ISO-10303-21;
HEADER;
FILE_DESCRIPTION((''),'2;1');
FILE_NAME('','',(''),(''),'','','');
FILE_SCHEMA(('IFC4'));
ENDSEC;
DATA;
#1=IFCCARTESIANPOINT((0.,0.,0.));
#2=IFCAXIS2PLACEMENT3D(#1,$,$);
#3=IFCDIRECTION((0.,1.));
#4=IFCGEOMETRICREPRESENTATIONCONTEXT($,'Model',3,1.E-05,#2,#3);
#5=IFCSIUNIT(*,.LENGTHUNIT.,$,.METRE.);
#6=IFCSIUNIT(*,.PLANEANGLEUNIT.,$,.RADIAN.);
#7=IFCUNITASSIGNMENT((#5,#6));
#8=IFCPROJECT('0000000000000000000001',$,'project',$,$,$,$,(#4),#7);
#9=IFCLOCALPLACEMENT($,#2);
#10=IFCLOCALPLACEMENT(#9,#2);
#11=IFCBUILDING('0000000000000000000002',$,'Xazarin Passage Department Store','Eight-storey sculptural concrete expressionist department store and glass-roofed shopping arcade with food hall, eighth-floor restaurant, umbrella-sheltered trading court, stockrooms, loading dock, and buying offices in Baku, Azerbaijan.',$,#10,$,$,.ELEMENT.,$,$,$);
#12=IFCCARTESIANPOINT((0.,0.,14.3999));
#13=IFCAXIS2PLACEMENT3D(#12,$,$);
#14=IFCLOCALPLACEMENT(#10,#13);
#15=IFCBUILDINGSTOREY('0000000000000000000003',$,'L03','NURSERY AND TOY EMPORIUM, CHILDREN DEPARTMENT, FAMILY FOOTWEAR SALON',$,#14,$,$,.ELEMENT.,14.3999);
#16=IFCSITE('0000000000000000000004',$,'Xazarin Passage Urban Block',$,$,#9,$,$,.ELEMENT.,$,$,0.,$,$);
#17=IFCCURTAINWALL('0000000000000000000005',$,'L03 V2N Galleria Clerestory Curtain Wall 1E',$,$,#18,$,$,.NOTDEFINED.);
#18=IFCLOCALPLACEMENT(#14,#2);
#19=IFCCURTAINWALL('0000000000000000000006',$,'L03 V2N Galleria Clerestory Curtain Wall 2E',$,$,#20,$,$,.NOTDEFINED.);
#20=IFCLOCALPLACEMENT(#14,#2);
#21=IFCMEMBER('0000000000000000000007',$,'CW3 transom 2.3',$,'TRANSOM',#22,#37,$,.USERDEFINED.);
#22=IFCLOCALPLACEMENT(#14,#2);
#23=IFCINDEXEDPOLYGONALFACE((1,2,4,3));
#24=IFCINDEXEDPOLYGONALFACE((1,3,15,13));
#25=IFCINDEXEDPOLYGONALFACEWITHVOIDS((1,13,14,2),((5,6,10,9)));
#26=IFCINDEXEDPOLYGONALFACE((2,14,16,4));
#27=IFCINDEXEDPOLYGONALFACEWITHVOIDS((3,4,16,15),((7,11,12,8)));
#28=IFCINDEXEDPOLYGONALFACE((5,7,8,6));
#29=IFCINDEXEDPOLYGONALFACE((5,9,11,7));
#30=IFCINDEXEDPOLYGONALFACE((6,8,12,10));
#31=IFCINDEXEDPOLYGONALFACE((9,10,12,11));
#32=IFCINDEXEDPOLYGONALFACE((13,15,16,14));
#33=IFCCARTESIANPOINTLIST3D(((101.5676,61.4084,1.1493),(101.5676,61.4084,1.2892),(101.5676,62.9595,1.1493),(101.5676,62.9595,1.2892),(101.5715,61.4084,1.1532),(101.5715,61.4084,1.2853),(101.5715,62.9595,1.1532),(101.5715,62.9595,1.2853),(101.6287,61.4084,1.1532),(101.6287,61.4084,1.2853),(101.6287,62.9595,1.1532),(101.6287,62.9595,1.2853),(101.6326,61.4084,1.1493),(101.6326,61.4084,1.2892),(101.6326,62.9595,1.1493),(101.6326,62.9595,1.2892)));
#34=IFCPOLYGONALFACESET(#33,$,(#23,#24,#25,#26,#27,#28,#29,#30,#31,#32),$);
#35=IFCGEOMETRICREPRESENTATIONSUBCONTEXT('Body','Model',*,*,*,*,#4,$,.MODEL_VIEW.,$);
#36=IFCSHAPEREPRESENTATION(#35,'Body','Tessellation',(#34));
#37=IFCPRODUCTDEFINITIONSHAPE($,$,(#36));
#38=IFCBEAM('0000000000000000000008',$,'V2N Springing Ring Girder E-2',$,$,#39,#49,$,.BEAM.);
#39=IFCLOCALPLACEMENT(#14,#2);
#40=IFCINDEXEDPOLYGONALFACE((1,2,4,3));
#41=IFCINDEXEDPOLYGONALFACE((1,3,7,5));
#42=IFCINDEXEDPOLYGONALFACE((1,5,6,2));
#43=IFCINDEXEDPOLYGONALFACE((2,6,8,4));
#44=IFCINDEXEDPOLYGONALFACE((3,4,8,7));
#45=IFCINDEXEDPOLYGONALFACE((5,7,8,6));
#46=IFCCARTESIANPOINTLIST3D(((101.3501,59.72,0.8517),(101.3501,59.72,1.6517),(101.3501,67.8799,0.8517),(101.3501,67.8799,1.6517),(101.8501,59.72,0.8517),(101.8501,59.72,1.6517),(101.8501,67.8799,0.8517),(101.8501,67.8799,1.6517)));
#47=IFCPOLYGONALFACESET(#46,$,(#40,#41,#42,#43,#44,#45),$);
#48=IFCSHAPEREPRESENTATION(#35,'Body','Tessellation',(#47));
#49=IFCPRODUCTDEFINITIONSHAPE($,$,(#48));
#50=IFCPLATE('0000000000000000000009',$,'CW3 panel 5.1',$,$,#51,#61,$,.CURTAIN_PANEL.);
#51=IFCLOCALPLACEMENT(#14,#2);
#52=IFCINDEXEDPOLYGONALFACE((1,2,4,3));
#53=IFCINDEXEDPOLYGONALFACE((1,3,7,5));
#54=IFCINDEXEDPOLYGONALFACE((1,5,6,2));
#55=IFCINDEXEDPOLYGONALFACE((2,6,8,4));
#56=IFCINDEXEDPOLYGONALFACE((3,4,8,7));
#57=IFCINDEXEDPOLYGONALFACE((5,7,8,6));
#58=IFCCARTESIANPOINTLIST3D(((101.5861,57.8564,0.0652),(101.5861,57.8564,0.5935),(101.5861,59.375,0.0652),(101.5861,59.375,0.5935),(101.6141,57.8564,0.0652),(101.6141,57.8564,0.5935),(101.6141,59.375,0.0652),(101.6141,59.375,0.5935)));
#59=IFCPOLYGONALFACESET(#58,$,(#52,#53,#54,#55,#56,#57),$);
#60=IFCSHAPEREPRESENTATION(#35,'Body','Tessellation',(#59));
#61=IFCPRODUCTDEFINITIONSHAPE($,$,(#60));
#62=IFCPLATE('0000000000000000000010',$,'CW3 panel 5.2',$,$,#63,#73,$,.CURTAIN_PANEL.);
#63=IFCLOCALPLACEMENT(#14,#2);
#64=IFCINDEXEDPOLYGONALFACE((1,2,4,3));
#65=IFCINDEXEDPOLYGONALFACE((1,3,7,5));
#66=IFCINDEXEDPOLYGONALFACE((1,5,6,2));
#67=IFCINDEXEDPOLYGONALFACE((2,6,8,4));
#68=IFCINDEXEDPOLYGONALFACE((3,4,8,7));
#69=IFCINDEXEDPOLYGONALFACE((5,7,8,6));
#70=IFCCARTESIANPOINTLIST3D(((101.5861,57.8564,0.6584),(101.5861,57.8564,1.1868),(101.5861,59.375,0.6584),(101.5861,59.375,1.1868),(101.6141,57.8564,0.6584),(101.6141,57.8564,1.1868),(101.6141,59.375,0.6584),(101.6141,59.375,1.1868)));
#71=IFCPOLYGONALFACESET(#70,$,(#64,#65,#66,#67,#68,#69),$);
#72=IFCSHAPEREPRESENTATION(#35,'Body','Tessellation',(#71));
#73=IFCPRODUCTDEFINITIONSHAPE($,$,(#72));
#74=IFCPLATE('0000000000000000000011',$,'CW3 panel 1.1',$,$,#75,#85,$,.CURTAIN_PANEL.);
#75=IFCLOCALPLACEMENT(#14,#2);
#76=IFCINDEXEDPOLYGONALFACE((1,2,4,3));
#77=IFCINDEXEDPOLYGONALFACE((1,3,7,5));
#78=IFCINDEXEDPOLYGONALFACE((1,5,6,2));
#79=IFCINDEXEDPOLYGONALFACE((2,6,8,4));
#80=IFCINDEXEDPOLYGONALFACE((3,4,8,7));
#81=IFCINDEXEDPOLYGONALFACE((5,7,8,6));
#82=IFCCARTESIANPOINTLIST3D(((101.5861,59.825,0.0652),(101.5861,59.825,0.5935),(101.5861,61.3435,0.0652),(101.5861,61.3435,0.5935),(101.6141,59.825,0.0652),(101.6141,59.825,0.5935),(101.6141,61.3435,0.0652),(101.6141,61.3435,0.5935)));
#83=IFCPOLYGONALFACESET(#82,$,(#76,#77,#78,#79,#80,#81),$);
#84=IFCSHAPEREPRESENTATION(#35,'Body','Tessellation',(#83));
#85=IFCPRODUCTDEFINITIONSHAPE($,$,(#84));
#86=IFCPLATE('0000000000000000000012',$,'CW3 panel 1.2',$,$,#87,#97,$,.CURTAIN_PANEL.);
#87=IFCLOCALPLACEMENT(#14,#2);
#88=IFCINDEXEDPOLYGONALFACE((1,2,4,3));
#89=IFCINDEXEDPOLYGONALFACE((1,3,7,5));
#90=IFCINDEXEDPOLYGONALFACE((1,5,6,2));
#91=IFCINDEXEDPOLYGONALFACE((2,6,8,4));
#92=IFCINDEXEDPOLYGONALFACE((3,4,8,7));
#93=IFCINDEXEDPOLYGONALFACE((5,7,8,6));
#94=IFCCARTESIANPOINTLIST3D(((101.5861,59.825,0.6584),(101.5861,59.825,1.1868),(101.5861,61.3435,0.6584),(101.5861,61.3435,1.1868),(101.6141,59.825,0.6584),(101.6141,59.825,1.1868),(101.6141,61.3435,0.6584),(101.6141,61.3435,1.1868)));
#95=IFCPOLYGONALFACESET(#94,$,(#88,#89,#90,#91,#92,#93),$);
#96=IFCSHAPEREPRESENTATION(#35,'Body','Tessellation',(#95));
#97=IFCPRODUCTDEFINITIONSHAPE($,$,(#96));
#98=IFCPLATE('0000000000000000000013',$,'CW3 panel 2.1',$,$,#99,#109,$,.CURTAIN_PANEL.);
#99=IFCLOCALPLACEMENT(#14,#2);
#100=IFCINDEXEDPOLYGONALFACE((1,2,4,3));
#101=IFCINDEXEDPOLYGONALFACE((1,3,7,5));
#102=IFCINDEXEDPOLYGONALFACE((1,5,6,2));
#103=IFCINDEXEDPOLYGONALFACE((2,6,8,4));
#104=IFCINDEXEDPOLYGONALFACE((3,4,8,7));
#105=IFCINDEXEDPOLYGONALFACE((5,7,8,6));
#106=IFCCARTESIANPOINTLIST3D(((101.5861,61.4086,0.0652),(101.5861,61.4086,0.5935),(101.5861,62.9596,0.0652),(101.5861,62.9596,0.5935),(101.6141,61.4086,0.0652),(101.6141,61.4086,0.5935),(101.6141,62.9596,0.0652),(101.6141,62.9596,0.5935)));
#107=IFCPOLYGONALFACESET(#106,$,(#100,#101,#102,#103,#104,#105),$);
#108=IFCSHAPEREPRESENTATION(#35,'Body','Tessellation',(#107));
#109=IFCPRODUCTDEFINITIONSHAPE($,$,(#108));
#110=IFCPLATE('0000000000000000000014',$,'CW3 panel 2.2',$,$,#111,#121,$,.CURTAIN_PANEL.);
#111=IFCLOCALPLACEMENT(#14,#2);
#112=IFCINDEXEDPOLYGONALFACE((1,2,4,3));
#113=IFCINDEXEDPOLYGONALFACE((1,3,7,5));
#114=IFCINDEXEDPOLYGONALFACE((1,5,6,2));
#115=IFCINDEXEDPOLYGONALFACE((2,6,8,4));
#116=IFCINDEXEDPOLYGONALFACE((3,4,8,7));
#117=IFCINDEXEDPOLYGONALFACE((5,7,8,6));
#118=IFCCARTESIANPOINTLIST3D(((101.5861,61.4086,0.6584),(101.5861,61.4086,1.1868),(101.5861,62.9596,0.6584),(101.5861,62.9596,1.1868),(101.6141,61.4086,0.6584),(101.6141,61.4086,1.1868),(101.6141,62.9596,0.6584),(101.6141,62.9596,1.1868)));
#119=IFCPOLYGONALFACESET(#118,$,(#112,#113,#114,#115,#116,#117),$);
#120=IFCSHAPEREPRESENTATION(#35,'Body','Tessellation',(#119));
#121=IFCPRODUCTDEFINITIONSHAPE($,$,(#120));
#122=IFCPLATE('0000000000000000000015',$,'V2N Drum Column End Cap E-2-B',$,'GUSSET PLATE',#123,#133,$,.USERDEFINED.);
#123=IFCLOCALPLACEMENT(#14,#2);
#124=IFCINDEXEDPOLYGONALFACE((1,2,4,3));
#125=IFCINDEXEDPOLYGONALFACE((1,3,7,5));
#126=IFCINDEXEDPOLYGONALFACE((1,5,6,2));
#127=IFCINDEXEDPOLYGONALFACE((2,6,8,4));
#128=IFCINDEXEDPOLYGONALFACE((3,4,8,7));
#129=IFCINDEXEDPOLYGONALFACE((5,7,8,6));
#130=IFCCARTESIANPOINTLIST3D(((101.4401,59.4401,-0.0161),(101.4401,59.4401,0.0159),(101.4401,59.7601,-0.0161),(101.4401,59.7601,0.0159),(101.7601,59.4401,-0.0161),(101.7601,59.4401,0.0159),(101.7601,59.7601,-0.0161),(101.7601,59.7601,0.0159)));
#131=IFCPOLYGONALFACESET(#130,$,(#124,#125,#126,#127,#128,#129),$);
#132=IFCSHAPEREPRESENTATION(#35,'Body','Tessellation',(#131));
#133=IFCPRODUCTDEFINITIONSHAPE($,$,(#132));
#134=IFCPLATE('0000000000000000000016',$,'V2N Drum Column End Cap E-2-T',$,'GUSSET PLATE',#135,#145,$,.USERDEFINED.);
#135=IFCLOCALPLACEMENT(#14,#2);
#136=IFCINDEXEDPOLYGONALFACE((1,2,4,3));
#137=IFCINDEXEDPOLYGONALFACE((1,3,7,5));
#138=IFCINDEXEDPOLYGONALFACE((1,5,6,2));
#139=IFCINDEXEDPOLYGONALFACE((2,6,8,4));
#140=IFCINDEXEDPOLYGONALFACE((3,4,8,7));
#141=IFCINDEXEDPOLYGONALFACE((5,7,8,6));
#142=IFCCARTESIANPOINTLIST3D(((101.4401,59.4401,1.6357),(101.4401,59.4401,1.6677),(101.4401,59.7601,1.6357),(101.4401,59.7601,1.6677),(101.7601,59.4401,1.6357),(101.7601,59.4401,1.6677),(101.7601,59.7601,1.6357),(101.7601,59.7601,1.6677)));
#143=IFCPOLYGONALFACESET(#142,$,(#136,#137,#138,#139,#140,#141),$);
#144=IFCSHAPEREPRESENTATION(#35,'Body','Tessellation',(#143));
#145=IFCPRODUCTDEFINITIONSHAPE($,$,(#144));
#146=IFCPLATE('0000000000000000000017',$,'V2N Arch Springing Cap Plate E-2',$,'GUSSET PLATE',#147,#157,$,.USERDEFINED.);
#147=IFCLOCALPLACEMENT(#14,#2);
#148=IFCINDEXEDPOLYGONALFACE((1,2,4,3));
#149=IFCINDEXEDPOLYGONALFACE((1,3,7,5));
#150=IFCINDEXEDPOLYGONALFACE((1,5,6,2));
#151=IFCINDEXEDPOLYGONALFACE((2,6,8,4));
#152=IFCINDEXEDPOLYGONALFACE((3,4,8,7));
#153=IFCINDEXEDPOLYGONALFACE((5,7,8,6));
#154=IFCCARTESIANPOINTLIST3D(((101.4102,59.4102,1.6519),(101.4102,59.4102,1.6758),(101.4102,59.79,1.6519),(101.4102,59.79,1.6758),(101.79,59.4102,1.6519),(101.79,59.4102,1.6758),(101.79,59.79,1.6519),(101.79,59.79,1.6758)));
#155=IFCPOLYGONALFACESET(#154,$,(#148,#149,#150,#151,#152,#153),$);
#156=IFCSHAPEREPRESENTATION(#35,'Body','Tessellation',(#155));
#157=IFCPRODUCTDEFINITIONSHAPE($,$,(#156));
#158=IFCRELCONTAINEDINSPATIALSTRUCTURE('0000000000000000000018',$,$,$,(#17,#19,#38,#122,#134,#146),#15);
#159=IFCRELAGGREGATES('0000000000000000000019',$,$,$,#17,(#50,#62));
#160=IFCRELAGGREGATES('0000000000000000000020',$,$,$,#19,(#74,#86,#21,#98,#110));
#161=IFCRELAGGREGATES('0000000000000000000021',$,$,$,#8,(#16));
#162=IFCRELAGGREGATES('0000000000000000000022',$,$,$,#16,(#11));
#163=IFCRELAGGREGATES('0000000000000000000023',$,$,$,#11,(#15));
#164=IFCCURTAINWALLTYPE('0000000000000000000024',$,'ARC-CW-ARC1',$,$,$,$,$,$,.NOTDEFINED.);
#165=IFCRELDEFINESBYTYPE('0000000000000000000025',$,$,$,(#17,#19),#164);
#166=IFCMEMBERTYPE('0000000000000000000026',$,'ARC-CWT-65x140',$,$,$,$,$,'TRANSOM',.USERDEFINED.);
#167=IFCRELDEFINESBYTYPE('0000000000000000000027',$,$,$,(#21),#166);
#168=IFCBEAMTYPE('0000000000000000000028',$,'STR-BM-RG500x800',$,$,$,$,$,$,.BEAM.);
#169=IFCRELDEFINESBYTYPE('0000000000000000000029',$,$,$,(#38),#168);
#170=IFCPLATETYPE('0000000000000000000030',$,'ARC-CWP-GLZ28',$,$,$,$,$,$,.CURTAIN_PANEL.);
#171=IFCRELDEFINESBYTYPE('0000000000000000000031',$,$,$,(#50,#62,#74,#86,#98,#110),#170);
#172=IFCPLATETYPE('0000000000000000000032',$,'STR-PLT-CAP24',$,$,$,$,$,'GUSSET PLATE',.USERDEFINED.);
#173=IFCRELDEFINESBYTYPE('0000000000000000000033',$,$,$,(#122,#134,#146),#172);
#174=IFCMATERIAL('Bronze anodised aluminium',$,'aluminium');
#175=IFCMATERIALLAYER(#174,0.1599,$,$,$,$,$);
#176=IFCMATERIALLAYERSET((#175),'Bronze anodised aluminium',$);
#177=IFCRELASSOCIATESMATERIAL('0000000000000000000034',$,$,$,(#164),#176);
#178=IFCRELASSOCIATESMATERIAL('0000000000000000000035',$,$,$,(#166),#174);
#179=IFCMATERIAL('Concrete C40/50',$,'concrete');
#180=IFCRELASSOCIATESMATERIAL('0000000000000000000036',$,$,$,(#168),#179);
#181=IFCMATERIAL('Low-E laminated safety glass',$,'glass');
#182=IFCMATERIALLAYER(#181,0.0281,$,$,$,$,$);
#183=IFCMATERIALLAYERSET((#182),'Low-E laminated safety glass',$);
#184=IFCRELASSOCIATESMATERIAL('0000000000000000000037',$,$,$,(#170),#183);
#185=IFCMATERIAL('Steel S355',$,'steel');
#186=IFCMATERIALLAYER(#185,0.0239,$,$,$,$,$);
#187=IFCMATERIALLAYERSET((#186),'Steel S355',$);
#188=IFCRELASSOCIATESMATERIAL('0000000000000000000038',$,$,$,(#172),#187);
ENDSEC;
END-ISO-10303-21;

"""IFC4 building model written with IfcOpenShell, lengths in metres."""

from ifc_helpers import new_model, si_unit, direction, frame, origin, origin_2d, place, context, subcontext, project, spatial, rectangle, hollow_rectangle, extrude, material, layer, layer_set, material_profile, profile_set, type_object, element, aggregate, save


model = new_model("IFC4")

# Units and contexts
model_context = context("Model", 3, precision=1e-05, world=origin(), true_north=direction((0.0, 1.0)))
body_context = subcontext(model_context, "Body", "Model", "MODEL_VIEW")
ifc_project = project(units=[si_unit("LENGTHUNIT", "METRE"), si_unit("PLANEANGLEUNIT", "RADIAN")], contexts=[model_context])

# Site, building, storey
site_placement = place(None, origin())
site = spatial("IfcSite", under=ifc_project, at=site_placement, Name="Xazarin Passage Urban Block", CompositionType="ELEMENT", RefElevation=0.0)
building_placement = place(site_placement, origin())
building = spatial("IfcBuilding", under=site, at=building_placement, Name="Xazarin Passage Department Store", Description="Eight-storey sculptural concrete expressionist department store and glass-roofed shopping arcade with food hall, eighth-floor restaurant, umbrella-sheltered trading court, stockrooms, loading dock, and buying offices in Baku, Azerbaijan.", CompositionType="ELEMENT")
storey_placement = place(building_placement, frame((0.0, 0.0, 14.3999)))
storey = spatial("IfcBuildingStorey", under=building, at=storey_placement, Name="L03", Description="NURSERY AND TOY EMPORIUM, CHILDREN DEPARTMENT, FAMILY FOOTWEAR SALON", CompositionType="ELEMENT", Elevation=14.3999)

# Shared definitions
ifc_material_1 = material(Name="Steel S355", Category="steel")

# Curtain wall
ifc_material_2 = material(Name="Bronze anodised aluminium", Category="aluminium")
ifc_layer_1 = layer(ifc_material_2, 0.1599)
ifc_layer_set_1 = layer_set([ifc_layer_1], Name="Bronze anodised aluminium")
curtain_wall_type = type_object("IfcCurtainWallType", Name="ARC-CW-ARC1", PredefinedType="NOTDEFINED", material=ifc_layer_set_1)
curtain_wall_1_placement = place(storey_placement, origin())
curtain_wall_1 = element("IfcCurtainWall", 1, at=curtain_wall_1_placement, inside=storey, type_object=curtain_wall_type, Name="L03 V2N Galleria Clerestory Curtain Wall 1E", PredefinedType="NOTDEFINED")

# Curtain wall, member
curtain_wall_2_placement = place(storey_placement, origin())
curtain_wall_2 = element("IfcCurtainWall", 2, at=curtain_wall_2_placement, inside=storey, type_object=curtain_wall_type, Name="L03 V2N Galleria Clerestory Curtain Wall 2E", PredefinedType="NOTDEFINED")
ifc_material_profile_1 = material_profile(ifc_material_2, hollow_rectangle(XDim=0.0649, YDim=0.1399, WallThickness=0.0039, at=origin_2d()), Name="ALU 65x140")
ifc_profile_set_1 = profile_set([ifc_material_profile_1], Name="Bronze anodised aluminium")
member_type_1 = type_object("IfcMemberType", Name="ARC-CWT-65x140", ElementType="TRANSOM", PredefinedType="USERDEFINED", material=ifc_profile_set_1)
member_1_placement = place(storey_placement, frame((101.6001, 61.4084, 1.2192), z_axis=(0.0, 1.0, 0.0), x_axis=(-1.0, 0.0, 0.0)))
member_1 = element("IfcMember", 3, at=member_1_placement, type_object=member_type_1, Name="CW3 transom 2.3", ObjectType="TRANSOM", PredefinedType="USERDEFINED", context=body_context, shape_type="SweptSolid", body=[
    extrude(hollow_rectangle(XDim=0.0649, YDim=0.1399, WallThickness=0.0039, at=origin_2d()), origin(), (0.0, 0.0, 1.0), 1.551),
])

# Beam
ifc_material_3 = material(Name="Concrete C40/50", Category="concrete")
ifc_material_profile_2 = material_profile(ifc_material_3, rectangle(XDim=0.5, YDim=0.8, at=origin_2d()), Name="RC 500x800")
ifc_profile_set_2 = profile_set([ifc_material_profile_2], Name="Concrete C40/50")
beam_type = type_object("IfcBeamType", Name="STR-BM-RG500x800", PredefinedType="BEAM", material=ifc_profile_set_2)
beam_placement = place(storey_placement, frame((101.6001, 59.72, 1.2517), z_axis=(0.0, 1.0, 0.0), x_axis=(-1.0, 0.0, 0.0)))
element("IfcBeam", 4, at=beam_placement, inside=storey, type_object=beam_type, Name="V2N Springing Ring Girder E-2", PredefinedType="BEAM", context=body_context, shape_type="SweptSolid", body=[
    extrude(rectangle(XDim=0.5, YDim=0.8, at=origin_2d()), origin(), (0.0, 0.0, 1.0), 8.1599),
])

# Plates
ifc_material_4 = material(Name="Low-E laminated safety glass", Category="glass")
ifc_layer_2 = layer(ifc_material_4, 0.0281)
ifc_layer_set_2 = layer_set([ifc_layer_2], Name="Low-E laminated safety glass")
plate_type_1 = type_object("IfcPlateType", Name="ARC-CWP-GLZ28", PredefinedType="CURTAIN_PANEL", material=ifc_layer_set_2)
plate_1_placement = place(storey_placement, frame((101.6001, 58.6157, 0.0652), z_axis=(0.0, 0.0, 1.0), x_axis=(0.0, 1.0, 0.0)))
plate_1 = element("IfcPlate", 5, at=plate_1_placement, type_object=plate_type_1, Name="CW3 panel 5.1", PredefinedType="CURTAIN_PANEL", context=body_context, shape_type="SweptSolid", body=[
    extrude(rectangle(XDim=1.5186, YDim=0.0281, at=origin_2d()), origin(), (0.0, 0.0, 1.0), 0.5283),
])
plate_2_placement = place(storey_placement, frame((101.6001, 58.6157, 0.6584), z_axis=(0.0, 0.0, 1.0), x_axis=(0.0, 1.0, 0.0)))
plate_2 = element("IfcPlate", 6, at=plate_2_placement, type_object=plate_type_1, Name="CW3 panel 5.2", PredefinedType="CURTAIN_PANEL", context=body_context, shape_type="SweptSolid", body=[
    extrude(rectangle(XDim=1.5186, YDim=0.0281, at=origin_2d()), origin(), (0.0, 0.0, 1.0), 0.5283),
])
aggregate(curtain_wall_1, [plate_1, plate_2])
plate_3_placement = place(storey_placement, frame((101.6001, 60.5842, 0.0652), z_axis=(0.0, 0.0, 1.0), x_axis=(0.0, 1.0, 0.0)))
plate_3 = element("IfcPlate", 7, at=plate_3_placement, type_object=plate_type_1, Name="CW3 panel 1.1", PredefinedType="CURTAIN_PANEL", context=body_context, shape_type="SweptSolid", body=[
    extrude(rectangle(XDim=1.5186, YDim=0.0281, at=origin_2d()), origin(), (0.0, 0.0, 1.0), 0.5283),
])
plate_4_placement = place(storey_placement, frame((101.6001, 60.5842, 0.6584), z_axis=(0.0, 0.0, 1.0), x_axis=(0.0, 1.0, 0.0)))
plate_4 = element("IfcPlate", 8, at=plate_4_placement, type_object=plate_type_1, Name="CW3 panel 1.2", PredefinedType="CURTAIN_PANEL", context=body_context, shape_type="SweptSolid", body=[
    extrude(rectangle(XDim=1.5186, YDim=0.0281, at=origin_2d()), origin(), (0.0, 0.0, 1.0), 0.5283),
])
plate_5_placement = place(storey_placement, frame((101.6001, 62.1841, 0.0652), z_axis=(0.0, 0.0, 1.0), x_axis=(0.0, 1.0, 0.0)))
plate_5 = element("IfcPlate", 9, at=plate_5_placement, type_object=plate_type_1, Name="CW3 panel 2.1", PredefinedType="CURTAIN_PANEL", context=body_context, shape_type="SweptSolid", body=[
    extrude(rectangle(XDim=1.551, YDim=0.0281, at=origin_2d()), origin(), (0.0, 0.0, 1.0), 0.5283),
])
plate_6_placement = place(storey_placement, frame((101.6001, 62.1841, 0.6584), z_axis=(0.0, 0.0, 1.0), x_axis=(0.0, 1.0, 0.0)))
plate_6 = element("IfcPlate", 10, at=plate_6_placement, type_object=plate_type_1, Name="CW3 panel 2.2", PredefinedType="CURTAIN_PANEL", context=body_context, shape_type="SweptSolid", body=[
    extrude(rectangle(XDim=1.551, YDim=0.0281, at=origin_2d()), origin(), (0.0, 0.0, 1.0), 0.5283),
])
aggregate(curtain_wall_2, [plate_3, plate_4, member_1, plate_5, plate_6])

# Plates
ifc_layer_3 = layer(ifc_material_1, 0.0239)
ifc_layer_set_3 = layer_set([ifc_layer_3], Name="Steel S355")
plate_type_2 = type_object("IfcPlateType", Name="STR-PLT-CAP24", ElementType="GUSSET PLATE", PredefinedType="USERDEFINED", material=ifc_layer_set_3)
for number, where, z_axis, x_axis, name in (
    (11, (101.6001, 59.6001, -0.0161), (0.0, 0.0, 1.0), (1.0, 0.0, 0.0), "V2N Drum Column End Cap E-2-B"),
    (12, (101.6001, 59.6001, 1.6357), (0.0, 0.0, 1.0), (1.0, 0.0, 0.0), "V2N Drum Column End Cap E-2-T"),
):
    element("IfcPlate", number, at=place(storey_placement, frame(where, z_axis=z_axis, x_axis=x_axis)), inside=storey, type_object=plate_type_2, Name=name, ObjectType="GUSSET PLATE", PredefinedType="USERDEFINED", context=body_context, shape_type="SweptSolid", body=[
        extrude(rectangle(XDim=0.3201, YDim=0.3201, at=origin_2d()), origin(), (0.0, 0.0, 1.0), 0.032),
    ])
plate_7_placement = place(storey_placement, frame((101.6001, 59.6001, 1.6519), z_axis=(0.0, 0.0, 1.0), x_axis=(1.0, 0.0, 0.0)))
element("IfcPlate", 13, at=plate_7_placement, inside=storey, type_object=plate_type_2, Name="V2N Arch Springing Cap Plate E-2", ObjectType="GUSSET PLATE", PredefinedType="USERDEFINED", context=body_context, shape_type="SweptSolid", body=[
    extrude(rectangle(XDim=0.3799, YDim=0.3799, at=origin_2d()), origin(), (0.0, 0.0, 1.0), 0.0239),
])

save(model, "model.ifc")
